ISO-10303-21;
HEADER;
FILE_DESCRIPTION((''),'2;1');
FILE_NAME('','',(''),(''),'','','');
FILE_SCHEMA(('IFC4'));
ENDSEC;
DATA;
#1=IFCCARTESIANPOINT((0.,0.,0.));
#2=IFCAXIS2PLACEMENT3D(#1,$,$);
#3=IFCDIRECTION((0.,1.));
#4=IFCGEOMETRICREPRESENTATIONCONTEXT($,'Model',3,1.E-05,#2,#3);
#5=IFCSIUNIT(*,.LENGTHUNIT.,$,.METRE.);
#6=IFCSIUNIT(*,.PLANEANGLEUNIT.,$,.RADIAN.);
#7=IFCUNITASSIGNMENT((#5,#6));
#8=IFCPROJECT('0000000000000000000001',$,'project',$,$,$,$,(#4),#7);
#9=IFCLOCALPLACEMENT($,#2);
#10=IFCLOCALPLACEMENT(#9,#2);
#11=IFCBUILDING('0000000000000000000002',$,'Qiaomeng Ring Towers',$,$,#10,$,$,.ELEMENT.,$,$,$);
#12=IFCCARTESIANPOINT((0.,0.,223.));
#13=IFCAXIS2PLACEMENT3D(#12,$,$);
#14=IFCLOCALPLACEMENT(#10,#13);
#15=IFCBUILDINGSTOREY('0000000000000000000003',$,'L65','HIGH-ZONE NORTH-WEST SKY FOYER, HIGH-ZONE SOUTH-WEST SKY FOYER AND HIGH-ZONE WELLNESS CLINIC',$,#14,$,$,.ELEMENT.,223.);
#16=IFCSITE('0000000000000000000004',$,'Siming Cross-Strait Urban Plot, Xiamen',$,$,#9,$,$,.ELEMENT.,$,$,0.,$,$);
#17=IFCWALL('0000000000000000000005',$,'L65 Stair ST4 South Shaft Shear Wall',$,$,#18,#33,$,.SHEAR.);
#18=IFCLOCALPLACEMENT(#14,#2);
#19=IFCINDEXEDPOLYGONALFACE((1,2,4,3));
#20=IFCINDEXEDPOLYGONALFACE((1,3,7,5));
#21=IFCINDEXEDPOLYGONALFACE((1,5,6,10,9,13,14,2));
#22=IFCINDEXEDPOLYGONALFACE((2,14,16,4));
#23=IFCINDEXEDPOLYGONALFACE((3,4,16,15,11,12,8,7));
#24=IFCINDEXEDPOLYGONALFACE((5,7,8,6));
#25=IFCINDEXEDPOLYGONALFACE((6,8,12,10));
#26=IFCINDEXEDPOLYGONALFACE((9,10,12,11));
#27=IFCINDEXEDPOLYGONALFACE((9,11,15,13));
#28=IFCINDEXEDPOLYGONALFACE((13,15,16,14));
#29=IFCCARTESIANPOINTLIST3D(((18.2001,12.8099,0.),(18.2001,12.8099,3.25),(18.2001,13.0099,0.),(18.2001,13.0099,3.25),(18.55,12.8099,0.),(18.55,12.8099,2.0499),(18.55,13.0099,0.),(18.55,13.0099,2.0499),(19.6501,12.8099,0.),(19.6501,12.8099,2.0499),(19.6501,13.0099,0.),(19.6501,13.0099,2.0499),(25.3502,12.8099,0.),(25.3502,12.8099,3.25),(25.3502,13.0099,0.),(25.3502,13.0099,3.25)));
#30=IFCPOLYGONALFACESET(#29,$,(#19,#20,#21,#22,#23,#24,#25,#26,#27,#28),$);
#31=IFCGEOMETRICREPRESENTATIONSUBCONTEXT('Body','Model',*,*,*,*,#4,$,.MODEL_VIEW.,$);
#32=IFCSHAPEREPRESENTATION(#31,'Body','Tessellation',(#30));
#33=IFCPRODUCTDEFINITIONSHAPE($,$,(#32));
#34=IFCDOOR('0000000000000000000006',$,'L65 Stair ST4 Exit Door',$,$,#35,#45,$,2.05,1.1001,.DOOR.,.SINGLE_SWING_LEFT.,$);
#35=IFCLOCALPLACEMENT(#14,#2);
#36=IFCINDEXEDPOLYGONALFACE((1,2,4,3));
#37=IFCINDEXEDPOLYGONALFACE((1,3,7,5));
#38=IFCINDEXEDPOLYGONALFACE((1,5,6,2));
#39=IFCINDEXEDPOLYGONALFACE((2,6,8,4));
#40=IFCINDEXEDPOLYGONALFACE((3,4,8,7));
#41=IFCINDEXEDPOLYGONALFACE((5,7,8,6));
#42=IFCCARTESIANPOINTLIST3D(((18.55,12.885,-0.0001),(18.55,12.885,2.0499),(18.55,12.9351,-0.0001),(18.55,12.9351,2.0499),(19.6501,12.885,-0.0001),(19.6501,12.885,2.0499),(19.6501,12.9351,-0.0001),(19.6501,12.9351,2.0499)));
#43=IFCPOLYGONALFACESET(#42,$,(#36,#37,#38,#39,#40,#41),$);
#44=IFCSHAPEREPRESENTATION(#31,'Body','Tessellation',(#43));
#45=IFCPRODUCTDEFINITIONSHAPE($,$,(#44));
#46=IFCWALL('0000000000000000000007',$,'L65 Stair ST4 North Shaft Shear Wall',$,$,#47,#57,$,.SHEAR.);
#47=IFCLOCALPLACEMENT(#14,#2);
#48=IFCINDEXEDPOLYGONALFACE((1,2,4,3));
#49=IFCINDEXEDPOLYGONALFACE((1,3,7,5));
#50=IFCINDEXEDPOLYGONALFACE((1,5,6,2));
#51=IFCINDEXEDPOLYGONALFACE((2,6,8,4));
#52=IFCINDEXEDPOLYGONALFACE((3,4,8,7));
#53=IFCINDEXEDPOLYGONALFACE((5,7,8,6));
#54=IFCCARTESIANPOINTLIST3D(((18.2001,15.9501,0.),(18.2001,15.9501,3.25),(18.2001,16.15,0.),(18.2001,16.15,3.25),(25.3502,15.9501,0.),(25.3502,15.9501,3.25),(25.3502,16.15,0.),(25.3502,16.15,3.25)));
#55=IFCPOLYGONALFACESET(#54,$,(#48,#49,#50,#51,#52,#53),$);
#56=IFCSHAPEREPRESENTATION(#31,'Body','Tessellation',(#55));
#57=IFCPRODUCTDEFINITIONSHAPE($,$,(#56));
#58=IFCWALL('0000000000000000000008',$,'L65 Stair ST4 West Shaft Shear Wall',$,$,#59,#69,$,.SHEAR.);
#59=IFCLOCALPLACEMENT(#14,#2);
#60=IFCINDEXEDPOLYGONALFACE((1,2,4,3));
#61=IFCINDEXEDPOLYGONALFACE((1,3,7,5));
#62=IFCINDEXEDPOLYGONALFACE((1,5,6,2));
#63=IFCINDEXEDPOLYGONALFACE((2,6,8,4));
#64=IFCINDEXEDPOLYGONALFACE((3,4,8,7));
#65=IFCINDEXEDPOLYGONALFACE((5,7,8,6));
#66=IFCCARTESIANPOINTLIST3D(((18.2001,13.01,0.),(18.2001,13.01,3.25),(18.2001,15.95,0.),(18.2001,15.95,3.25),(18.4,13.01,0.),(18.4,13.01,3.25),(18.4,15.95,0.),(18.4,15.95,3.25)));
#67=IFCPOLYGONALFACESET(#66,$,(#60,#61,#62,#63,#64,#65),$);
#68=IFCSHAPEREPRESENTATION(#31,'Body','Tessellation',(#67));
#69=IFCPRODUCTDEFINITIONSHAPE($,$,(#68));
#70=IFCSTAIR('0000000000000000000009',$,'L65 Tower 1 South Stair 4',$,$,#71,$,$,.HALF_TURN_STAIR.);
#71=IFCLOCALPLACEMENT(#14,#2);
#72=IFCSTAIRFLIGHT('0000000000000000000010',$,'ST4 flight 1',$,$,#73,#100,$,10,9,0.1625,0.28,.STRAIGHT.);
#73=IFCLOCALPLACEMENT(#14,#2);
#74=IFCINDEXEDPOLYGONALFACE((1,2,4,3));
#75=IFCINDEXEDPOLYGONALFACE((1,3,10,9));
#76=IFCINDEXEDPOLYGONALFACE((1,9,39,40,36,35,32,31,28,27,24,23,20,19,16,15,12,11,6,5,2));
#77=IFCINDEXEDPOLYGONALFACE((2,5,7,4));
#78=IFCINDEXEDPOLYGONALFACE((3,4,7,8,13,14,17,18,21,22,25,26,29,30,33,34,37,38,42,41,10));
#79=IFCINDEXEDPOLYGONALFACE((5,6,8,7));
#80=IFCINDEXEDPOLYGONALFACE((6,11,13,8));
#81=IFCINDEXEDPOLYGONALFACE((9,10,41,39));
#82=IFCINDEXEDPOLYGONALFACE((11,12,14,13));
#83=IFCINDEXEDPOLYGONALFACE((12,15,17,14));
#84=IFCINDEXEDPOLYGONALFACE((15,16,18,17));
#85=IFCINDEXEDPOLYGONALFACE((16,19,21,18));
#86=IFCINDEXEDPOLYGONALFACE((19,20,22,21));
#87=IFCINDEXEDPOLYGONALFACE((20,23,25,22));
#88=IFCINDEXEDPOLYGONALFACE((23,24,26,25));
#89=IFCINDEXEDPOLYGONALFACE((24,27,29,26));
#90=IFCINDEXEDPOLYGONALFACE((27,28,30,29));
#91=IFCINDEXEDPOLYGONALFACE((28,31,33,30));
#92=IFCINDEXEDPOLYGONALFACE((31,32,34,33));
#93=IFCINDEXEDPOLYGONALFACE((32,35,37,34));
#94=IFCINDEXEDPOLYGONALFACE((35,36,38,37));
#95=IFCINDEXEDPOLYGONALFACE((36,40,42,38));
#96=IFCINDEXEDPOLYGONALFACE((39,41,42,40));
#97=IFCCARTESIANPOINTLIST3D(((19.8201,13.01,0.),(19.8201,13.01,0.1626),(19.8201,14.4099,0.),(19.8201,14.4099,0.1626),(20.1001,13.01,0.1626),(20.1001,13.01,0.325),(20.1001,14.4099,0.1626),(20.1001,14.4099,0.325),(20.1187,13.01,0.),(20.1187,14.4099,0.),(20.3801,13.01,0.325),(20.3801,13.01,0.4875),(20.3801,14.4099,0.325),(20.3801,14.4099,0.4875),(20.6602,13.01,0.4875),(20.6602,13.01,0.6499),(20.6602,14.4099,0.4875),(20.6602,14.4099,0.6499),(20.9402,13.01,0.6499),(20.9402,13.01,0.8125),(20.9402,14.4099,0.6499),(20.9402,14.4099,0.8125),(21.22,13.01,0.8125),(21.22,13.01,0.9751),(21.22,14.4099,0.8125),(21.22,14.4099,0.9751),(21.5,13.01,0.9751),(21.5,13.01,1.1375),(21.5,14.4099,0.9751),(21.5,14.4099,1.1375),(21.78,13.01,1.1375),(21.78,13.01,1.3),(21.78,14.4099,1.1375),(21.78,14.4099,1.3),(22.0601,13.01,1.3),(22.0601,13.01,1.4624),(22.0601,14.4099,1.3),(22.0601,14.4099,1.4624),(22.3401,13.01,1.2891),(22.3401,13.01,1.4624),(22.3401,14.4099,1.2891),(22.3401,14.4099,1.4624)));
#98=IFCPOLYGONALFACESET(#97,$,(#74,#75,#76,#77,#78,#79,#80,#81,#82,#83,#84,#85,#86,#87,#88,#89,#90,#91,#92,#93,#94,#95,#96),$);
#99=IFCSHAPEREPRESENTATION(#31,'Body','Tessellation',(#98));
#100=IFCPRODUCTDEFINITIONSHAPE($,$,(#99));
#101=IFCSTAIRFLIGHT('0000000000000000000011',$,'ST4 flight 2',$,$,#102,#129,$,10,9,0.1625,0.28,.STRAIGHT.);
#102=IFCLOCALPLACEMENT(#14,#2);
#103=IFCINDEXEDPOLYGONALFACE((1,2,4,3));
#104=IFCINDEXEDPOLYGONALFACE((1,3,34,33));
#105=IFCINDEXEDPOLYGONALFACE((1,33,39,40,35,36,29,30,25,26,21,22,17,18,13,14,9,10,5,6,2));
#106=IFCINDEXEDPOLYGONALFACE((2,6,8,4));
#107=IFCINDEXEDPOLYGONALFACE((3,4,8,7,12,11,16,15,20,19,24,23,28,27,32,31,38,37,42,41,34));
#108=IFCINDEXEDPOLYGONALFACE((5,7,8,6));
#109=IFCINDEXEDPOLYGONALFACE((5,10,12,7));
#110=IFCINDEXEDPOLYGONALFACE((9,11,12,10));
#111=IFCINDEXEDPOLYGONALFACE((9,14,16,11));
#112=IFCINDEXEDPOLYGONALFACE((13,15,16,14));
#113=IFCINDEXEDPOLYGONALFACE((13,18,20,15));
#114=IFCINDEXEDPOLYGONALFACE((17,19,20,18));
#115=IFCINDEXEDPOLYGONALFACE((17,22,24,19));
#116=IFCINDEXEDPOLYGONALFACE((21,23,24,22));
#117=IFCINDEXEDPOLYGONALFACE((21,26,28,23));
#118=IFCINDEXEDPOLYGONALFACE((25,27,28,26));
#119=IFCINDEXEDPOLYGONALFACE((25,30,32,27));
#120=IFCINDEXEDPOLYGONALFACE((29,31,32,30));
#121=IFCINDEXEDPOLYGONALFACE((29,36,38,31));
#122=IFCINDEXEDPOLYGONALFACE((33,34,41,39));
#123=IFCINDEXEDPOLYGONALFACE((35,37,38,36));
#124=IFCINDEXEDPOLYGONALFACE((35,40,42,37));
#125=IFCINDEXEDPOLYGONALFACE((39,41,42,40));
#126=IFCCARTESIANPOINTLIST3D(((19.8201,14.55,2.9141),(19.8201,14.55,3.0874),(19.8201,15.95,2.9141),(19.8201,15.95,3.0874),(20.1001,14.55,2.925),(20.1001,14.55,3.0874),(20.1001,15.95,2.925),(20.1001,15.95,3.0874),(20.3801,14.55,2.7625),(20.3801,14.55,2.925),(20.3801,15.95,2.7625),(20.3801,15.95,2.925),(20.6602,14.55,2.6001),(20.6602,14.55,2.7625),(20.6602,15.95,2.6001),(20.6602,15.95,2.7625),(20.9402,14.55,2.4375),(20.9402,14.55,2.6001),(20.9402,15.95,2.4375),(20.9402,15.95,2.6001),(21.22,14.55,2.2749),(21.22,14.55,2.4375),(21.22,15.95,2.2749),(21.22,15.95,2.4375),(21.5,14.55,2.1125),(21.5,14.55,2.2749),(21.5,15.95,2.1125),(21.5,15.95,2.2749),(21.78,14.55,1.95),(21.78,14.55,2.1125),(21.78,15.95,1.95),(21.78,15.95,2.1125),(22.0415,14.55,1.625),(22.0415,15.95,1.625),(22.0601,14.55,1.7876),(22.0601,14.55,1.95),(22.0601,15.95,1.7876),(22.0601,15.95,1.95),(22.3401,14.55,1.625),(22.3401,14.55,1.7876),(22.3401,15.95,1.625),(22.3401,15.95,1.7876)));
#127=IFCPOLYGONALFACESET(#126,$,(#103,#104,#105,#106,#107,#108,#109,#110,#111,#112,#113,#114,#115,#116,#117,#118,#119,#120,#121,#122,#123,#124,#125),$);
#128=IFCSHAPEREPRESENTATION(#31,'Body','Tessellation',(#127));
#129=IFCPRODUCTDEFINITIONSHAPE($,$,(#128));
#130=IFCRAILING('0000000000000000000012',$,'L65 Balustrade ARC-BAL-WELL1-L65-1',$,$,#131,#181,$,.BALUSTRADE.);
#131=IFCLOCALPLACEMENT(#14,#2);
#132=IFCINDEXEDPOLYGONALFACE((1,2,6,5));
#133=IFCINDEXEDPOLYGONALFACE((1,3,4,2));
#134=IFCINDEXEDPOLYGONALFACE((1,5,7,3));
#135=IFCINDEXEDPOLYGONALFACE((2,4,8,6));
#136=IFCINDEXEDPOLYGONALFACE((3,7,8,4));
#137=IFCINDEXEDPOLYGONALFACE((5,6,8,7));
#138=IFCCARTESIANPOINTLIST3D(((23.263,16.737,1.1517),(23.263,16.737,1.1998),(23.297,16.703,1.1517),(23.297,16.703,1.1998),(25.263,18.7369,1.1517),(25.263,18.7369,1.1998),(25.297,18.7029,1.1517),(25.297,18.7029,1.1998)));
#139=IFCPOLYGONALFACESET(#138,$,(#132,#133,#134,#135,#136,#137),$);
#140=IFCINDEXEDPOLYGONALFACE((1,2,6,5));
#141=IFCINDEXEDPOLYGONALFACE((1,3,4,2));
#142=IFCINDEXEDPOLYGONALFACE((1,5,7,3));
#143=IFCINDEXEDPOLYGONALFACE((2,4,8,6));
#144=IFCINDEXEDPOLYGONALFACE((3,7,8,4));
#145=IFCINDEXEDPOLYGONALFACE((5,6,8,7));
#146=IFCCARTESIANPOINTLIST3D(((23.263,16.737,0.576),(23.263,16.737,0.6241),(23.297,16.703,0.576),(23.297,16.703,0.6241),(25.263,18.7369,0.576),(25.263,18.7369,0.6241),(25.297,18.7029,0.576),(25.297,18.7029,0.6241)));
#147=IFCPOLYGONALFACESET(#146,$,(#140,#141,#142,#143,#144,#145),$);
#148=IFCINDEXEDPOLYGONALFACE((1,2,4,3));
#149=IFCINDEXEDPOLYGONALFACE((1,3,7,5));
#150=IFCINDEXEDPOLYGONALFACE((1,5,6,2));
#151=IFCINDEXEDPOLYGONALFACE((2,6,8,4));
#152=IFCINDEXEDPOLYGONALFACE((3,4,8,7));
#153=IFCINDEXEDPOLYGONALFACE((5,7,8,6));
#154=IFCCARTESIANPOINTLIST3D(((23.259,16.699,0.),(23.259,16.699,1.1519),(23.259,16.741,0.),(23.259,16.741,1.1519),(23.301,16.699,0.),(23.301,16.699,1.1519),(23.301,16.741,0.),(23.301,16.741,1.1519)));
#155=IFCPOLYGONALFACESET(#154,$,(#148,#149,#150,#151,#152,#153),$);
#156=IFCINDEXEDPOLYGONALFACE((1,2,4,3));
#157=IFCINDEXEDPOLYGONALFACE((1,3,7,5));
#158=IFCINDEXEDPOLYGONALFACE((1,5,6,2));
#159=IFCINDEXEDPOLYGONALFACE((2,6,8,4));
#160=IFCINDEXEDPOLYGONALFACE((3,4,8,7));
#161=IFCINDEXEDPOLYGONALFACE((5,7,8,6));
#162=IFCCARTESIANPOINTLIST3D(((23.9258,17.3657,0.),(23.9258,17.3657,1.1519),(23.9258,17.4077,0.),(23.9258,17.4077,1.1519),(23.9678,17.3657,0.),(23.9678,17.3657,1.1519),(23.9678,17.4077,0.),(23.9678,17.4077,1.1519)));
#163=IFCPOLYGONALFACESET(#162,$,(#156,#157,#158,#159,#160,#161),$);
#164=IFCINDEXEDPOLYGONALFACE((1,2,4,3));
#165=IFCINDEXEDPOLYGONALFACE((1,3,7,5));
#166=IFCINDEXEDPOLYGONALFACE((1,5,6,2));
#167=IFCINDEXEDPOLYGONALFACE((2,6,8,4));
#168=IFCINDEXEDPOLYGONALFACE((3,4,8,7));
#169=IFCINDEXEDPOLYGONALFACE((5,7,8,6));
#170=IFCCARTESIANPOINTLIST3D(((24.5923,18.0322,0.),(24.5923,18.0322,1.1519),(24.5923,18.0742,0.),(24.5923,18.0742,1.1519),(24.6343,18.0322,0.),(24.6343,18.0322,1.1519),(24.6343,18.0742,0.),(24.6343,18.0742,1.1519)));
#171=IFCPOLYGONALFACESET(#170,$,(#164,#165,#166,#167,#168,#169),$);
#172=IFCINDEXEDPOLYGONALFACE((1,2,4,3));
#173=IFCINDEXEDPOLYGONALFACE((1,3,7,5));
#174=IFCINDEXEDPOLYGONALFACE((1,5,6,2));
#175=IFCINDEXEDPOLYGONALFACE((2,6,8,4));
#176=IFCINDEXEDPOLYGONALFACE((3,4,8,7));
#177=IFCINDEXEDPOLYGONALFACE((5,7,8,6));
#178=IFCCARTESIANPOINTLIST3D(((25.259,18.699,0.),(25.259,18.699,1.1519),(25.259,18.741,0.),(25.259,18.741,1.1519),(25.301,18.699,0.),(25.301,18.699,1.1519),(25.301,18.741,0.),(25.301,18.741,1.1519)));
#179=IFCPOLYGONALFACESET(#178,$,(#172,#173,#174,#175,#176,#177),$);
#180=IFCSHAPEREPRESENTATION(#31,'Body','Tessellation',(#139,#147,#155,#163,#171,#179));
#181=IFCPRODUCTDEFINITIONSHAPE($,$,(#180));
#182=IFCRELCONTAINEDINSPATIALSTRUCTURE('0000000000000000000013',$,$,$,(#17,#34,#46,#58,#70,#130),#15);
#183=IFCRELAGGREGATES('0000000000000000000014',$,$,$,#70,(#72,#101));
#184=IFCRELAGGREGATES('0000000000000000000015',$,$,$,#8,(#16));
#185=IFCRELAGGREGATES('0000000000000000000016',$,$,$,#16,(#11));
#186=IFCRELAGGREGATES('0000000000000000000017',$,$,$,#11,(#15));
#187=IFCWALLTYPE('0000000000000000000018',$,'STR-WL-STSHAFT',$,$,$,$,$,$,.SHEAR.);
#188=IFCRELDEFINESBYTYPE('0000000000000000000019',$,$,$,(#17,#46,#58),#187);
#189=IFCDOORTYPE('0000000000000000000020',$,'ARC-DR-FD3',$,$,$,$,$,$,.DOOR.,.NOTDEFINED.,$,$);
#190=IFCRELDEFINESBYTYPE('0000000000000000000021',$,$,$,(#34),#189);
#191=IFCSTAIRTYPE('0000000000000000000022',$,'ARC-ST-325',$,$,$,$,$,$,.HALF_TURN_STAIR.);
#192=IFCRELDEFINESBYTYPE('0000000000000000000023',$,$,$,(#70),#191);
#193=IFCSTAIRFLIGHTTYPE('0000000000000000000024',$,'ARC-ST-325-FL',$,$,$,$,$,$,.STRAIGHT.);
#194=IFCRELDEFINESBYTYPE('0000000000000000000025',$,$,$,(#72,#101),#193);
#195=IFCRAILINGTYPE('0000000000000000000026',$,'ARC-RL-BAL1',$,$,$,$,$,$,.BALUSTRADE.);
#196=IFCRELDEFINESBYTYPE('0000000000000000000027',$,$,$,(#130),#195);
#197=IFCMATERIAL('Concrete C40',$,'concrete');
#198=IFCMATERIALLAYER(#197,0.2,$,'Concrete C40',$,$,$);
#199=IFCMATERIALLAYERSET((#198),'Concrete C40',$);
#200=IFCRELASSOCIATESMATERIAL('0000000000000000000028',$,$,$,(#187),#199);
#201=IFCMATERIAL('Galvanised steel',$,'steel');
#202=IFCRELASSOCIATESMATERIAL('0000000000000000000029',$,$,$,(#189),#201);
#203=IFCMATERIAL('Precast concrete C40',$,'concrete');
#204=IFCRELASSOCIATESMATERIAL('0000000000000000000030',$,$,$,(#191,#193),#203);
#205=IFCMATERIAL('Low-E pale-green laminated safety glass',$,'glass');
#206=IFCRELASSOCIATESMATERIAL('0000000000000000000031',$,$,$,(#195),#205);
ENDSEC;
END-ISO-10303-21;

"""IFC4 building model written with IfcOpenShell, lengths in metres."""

from ifc_helpers import new_model, si_unit, direction, frame, frame_2d, origin, origin_2d, place, context, subcontext, project, spatial, polyline, rectangle, outline, extrude, source, transform, mapped, material, layer, layer_set, type_object, element, fill, aggregate, save


model = new_model("IFC4")

# Units and contexts
model_context = context("Model", 3, precision=1e-05, world=origin(), true_north=direction((0.0, 1.0)))
body_context = subcontext(model_context, "Body", "Model", "MODEL_VIEW")
ifc_project = project(units=[si_unit("LENGTHUNIT", "METRE"), si_unit("PLANEANGLEUNIT", "RADIAN")], contexts=[model_context])

# Site, building, storey
site_placement = place(None, origin())
site = spatial("IfcSite", under=ifc_project, at=site_placement, Name="Siming Cross-Strait Urban Plot, Xiamen", CompositionType="ELEMENT", RefElevation=0.0)
building_placement = place(site_placement, origin())
building = spatial("IfcBuilding", under=site, at=building_placement, Name="Qiaomeng Ring Towers", CompositionType="ELEMENT")
storey_placement = place(building_placement, frame((0.0, 0.0, 223.0)))
storey = spatial("IfcBuildingStorey", under=building, at=storey_placement, Name="L65", Description="HIGH-ZONE NORTH-WEST SKY FOYER, HIGH-ZONE SOUTH-WEST SKY FOYER AND HIGH-ZONE WELLNESS CLINIC", CompositionType="ELEMENT", Elevation=223.0)

# Shared definitions
ifc_material_1 = material(Name="Concrete C40", Category="concrete")
ifc_layer_1 = layer(ifc_material_1, 0.2, Name="Concrete C40")
ifc_layer_set_1 = layer_set([ifc_layer_1], Name="Concrete C40")
wall_type_1 = type_object("IfcWallType", Name="STR-WL-STSHAFT", PredefinedType="SHEAR", material=ifc_layer_set_1)

# Wall, opening, door
wall_1_placement = place(storey_placement, frame((18.2, 12.9099, 0.0), z_axis=(0.0, 0.0, 1.0), x_axis=(1.0, 0.0, 0.0)))
wall_1 = element("IfcWall", 1, at=wall_1_placement, inside=storey, type_object=wall_type_1, Name="L65 Stair ST4 South Shaft Shear Wall", PredefinedType="SHEAR", context=body_context, shape_type="SweptSolid", body=[
    extrude(rectangle(XDim=7.1501, YDim=0.2, at=frame_2d((3.5752, 0.0))), origin(), (0.0, 0.0, 1.0), 3.25),
])
opening_1_placement = place(wall_1_placement, frame((0.3501, 0.0, 0.0)))
opening_1 = element("IfcOpeningElement", 2, at=opening_1_placement, cuts=wall_1, PredefinedType="OPENING", context=body_context, shape_type="SweptSolid", body=[
    extrude(rectangle(XDim=1.1001, YDim=2.05, at=frame_2d((0.55, 1.0249))), frame((0.0, 0.1099, 0.0), z_axis=(0.0, -1.0, 0.0), x_axis=(1.0, 0.0, 0.0)), (0.0, 0.0, 1.0), 0.22),
])
ifc_material_2 = material(Name="Galvanised steel", Category="steel")
door_type_1 = type_object("IfcDoorType", Name="ARC-DR-FD3", OperationType="NOTDEFINED", PredefinedType="DOOR", material=ifc_material_2)
shared_shape_1 = source(origin(), body_context, "Body", "SweptSolid", [
    extrude(rectangle(XDim=1.1001, YDim=2.05, at=frame_2d((0.55, 1.0249))), frame((0.0, 0.0249, 0.0), z_axis=(0.0, -1.0, 0.0), x_axis=(1.0, 0.0, 0.0)), (0.0, 0.0, 1.0), 0.05),
])
door_1_placement = place(opening_1_placement, frame((1.1001, 0.0, 0.0), z_axis=(0.0, 0.0, 1.0), x_axis=(-1.0, 0.0, 0.0)))
door_1 = element("IfcDoor", 3, at=door_1_placement, inside=storey, type_object=door_type_1, Name="L65 Stair ST4 Exit Door", OperationType="SINGLE_SWING_LEFT", OverallHeight=2.05, OverallWidth=1.1001, PredefinedType="DOOR", context=body_context, shape_type="MappedRepresentation", body=[
    mapped(shared_shape_1, transform((0.0, 0.0, 0.0), x_axis=(1.0, 0.0, 0.0), y_axis=(0.0, 1.0, 0.0), z_axis=(0.0, 0.0, 1.0), scale=1.0)),
])
fill(opening_1, door_1)

# Walls
wall_2_placement = place(storey_placement, frame((18.2, 16.05, 0.0), z_axis=(0.0, 0.0, 1.0), x_axis=(1.0, 0.0, 0.0)))
element("IfcWall", 4, at=wall_2_placement, inside=storey, type_object=wall_type_1, Name="L65 Stair ST4 North Shaft Shear Wall", PredefinedType="SHEAR", context=body_context, shape_type="SweptSolid", body=[
    extrude(rectangle(XDim=7.1501, YDim=0.2, at=frame_2d((3.5752, 0.0))), origin(), (0.0, 0.0, 1.0), 3.25),
])
wall_3_placement = place(storey_placement, frame((18.3, 13.01, 0.0), z_axis=(0.0, 0.0, 1.0), x_axis=(0.0, 1.0, 0.0)))
element("IfcWall", 5, at=wall_3_placement, inside=storey, type_object=wall_type_1, Name="L65 Stair ST4 West Shaft Shear Wall", PredefinedType="SHEAR", context=body_context, shape_type="SweptSolid", body=[
    extrude(rectangle(XDim=2.9399, YDim=0.2, at=frame_2d((1.47, 0.0))), origin(), (0.0, 0.0, 1.0), 3.25),
])

# Stair, stair flights
ifc_material_3 = material(Name="Precast concrete C40", Category="concrete")
stair_type = type_object("IfcStairType", Name="ARC-ST-325", PredefinedType="HALF_TURN_STAIR", material=ifc_material_3)
stair_placement = place(storey_placement, origin())
stair = element("IfcStair", 6, at=stair_placement, inside=storey, type_object=stair_type, Name="L65 Tower 1 South Stair 4", PredefinedType="HALF_TURN_STAIR")
stair_flight_type = type_object("IfcStairFlightType", Name="ARC-ST-325-FL", PredefinedType="STRAIGHT", material=ifc_material_3)
shared_shape_2 = source(origin(), body_context, "Body", "SweptSolid", [
    extrude(outline(polyline([(0.0, 0.0), (0.0, 0.1626), (0.28, 0.1626), (0.28, 0.325), (0.5601, 0.325), (0.5601, 0.4875), (0.8401, 0.4875), (0.8401, 0.6499), (1.1201, 0.6499), (1.1201, 0.8125), (1.3999, 0.8125), (1.3999, 0.9751), (1.6799, 0.9751), (1.6799, 1.1375), (1.96, 1.1375), (1.96, 1.3), (2.24, 1.3), (2.24, 1.4624), (2.52, 1.4624), (2.52, 1.625), (2.52, 1.2891), (0.2986, 0.0), (0.0, 0.0)])), frame((0.0, 0.7, 0.0), z_axis=(0.0, -1.0, 0.0), x_axis=(1.0, 0.0, 0.0)), (0.0, 0.0, 1.0), 1.3999),
])
stair_flight_1_placement = place(storey_placement, frame((19.8201, 13.71, 0.0), z_axis=(0.0, 0.0, 1.0), x_axis=(1.0, 0.0, 0.0)))
stair_flight_1 = element("IfcStairFlight", 7, at=stair_flight_1_placement, type_object=stair_flight_type, Name="ST4 flight 1", NumberOfRisers=10, NumberOfTreads=9, PredefinedType="STRAIGHT", RiserHeight=0.1625, TreadLength=0.28, context=body_context, shape_type="MappedRepresentation", body=[
    mapped(shared_shape_2, transform((0.0, 0.0, 0.0), x_axis=(1.0, 0.0, 0.0), y_axis=(0.0, 1.0, 0.0), z_axis=(0.0, 0.0, 1.0), scale=1.0)),
])
stair_flight_2_placement = place(storey_placement, frame((22.3401, 15.25, 1.625), z_axis=(0.0, 0.0, 1.0), x_axis=(-1.0, 0.0, 0.0)))
stair_flight_2 = element("IfcStairFlight", 8, at=stair_flight_2_placement, type_object=stair_flight_type, Name="ST4 flight 2", NumberOfRisers=10, NumberOfTreads=9, PredefinedType="STRAIGHT", RiserHeight=0.1625, TreadLength=0.28, context=body_context, shape_type="MappedRepresentation", body=[
    mapped(shared_shape_2, transform((0.0, 0.0, 0.0), x_axis=(1.0, 0.0, 0.0), y_axis=(0.0, 1.0, 0.0), z_axis=(0.0, 0.0, 1.0), scale=1.0)),
])
aggregate(stair, [stair_flight_1, stair_flight_2])

# Railing
ifc_material_4 = material(Name="Low-E pale-green laminated safety glass", Category="glass")
railing_type_1 = type_object("IfcRailingType", Name="ARC-RL-BAL1", PredefinedType="BALUSTRADE", material=ifc_material_4)
railing_1_placement = place(storey_placement, frame((23.28, 16.72, 0.0)))
element("IfcRailing", 9, at=railing_1_placement, inside=storey, type_object=railing_type_1, Name="L65 Balustrade ARC-BAL-WELL1-L65-1", PredefinedType="BALUSTRADE", context=body_context, shape_type="SweptSolid", body=[
    extrude(rectangle(XDim=0.0481, YDim=0.0481, at=origin_2d()), frame((0.0, 0.0, 1.1758), z_axis=(0.707107, 0.707107, 0.0), x_axis=(-0.707107, 0.707107, 0.0)), (0.0, 0.0, 1.0), 2.8284),
    extrude(rectangle(XDim=0.0481, YDim=0.0481, at=origin_2d()), frame((0.0, 0.0, 0.6001), z_axis=(0.707107, 0.707107, 0.0), x_axis=(-0.707107, 0.707107, 0.0)), (0.0, 0.0, 1.0), 2.8284),
    extrude(rectangle(XDim=0.042, YDim=0.042, at=origin_2d()), origin(), (0.0, 0.0, 1.0), 1.1519),
    extrude(rectangle(XDim=0.042, YDim=0.042, at=origin_2d()), frame((0.6667, 0.6667, 0.0)), (0.0, 0.0, 1.0), 1.1519),
    extrude(rectangle(XDim=0.042, YDim=0.042, at=origin_2d()), frame((1.3333, 1.3333, 0.0)), (0.0, 0.0, 1.0), 1.1519),
    extrude(rectangle(XDim=0.042, YDim=0.042, at=origin_2d()), frame((2.0, 2.0, 0.0)), (0.0, 0.0, 1.0), 1.1519),
])

save(model, "model.ifc")
